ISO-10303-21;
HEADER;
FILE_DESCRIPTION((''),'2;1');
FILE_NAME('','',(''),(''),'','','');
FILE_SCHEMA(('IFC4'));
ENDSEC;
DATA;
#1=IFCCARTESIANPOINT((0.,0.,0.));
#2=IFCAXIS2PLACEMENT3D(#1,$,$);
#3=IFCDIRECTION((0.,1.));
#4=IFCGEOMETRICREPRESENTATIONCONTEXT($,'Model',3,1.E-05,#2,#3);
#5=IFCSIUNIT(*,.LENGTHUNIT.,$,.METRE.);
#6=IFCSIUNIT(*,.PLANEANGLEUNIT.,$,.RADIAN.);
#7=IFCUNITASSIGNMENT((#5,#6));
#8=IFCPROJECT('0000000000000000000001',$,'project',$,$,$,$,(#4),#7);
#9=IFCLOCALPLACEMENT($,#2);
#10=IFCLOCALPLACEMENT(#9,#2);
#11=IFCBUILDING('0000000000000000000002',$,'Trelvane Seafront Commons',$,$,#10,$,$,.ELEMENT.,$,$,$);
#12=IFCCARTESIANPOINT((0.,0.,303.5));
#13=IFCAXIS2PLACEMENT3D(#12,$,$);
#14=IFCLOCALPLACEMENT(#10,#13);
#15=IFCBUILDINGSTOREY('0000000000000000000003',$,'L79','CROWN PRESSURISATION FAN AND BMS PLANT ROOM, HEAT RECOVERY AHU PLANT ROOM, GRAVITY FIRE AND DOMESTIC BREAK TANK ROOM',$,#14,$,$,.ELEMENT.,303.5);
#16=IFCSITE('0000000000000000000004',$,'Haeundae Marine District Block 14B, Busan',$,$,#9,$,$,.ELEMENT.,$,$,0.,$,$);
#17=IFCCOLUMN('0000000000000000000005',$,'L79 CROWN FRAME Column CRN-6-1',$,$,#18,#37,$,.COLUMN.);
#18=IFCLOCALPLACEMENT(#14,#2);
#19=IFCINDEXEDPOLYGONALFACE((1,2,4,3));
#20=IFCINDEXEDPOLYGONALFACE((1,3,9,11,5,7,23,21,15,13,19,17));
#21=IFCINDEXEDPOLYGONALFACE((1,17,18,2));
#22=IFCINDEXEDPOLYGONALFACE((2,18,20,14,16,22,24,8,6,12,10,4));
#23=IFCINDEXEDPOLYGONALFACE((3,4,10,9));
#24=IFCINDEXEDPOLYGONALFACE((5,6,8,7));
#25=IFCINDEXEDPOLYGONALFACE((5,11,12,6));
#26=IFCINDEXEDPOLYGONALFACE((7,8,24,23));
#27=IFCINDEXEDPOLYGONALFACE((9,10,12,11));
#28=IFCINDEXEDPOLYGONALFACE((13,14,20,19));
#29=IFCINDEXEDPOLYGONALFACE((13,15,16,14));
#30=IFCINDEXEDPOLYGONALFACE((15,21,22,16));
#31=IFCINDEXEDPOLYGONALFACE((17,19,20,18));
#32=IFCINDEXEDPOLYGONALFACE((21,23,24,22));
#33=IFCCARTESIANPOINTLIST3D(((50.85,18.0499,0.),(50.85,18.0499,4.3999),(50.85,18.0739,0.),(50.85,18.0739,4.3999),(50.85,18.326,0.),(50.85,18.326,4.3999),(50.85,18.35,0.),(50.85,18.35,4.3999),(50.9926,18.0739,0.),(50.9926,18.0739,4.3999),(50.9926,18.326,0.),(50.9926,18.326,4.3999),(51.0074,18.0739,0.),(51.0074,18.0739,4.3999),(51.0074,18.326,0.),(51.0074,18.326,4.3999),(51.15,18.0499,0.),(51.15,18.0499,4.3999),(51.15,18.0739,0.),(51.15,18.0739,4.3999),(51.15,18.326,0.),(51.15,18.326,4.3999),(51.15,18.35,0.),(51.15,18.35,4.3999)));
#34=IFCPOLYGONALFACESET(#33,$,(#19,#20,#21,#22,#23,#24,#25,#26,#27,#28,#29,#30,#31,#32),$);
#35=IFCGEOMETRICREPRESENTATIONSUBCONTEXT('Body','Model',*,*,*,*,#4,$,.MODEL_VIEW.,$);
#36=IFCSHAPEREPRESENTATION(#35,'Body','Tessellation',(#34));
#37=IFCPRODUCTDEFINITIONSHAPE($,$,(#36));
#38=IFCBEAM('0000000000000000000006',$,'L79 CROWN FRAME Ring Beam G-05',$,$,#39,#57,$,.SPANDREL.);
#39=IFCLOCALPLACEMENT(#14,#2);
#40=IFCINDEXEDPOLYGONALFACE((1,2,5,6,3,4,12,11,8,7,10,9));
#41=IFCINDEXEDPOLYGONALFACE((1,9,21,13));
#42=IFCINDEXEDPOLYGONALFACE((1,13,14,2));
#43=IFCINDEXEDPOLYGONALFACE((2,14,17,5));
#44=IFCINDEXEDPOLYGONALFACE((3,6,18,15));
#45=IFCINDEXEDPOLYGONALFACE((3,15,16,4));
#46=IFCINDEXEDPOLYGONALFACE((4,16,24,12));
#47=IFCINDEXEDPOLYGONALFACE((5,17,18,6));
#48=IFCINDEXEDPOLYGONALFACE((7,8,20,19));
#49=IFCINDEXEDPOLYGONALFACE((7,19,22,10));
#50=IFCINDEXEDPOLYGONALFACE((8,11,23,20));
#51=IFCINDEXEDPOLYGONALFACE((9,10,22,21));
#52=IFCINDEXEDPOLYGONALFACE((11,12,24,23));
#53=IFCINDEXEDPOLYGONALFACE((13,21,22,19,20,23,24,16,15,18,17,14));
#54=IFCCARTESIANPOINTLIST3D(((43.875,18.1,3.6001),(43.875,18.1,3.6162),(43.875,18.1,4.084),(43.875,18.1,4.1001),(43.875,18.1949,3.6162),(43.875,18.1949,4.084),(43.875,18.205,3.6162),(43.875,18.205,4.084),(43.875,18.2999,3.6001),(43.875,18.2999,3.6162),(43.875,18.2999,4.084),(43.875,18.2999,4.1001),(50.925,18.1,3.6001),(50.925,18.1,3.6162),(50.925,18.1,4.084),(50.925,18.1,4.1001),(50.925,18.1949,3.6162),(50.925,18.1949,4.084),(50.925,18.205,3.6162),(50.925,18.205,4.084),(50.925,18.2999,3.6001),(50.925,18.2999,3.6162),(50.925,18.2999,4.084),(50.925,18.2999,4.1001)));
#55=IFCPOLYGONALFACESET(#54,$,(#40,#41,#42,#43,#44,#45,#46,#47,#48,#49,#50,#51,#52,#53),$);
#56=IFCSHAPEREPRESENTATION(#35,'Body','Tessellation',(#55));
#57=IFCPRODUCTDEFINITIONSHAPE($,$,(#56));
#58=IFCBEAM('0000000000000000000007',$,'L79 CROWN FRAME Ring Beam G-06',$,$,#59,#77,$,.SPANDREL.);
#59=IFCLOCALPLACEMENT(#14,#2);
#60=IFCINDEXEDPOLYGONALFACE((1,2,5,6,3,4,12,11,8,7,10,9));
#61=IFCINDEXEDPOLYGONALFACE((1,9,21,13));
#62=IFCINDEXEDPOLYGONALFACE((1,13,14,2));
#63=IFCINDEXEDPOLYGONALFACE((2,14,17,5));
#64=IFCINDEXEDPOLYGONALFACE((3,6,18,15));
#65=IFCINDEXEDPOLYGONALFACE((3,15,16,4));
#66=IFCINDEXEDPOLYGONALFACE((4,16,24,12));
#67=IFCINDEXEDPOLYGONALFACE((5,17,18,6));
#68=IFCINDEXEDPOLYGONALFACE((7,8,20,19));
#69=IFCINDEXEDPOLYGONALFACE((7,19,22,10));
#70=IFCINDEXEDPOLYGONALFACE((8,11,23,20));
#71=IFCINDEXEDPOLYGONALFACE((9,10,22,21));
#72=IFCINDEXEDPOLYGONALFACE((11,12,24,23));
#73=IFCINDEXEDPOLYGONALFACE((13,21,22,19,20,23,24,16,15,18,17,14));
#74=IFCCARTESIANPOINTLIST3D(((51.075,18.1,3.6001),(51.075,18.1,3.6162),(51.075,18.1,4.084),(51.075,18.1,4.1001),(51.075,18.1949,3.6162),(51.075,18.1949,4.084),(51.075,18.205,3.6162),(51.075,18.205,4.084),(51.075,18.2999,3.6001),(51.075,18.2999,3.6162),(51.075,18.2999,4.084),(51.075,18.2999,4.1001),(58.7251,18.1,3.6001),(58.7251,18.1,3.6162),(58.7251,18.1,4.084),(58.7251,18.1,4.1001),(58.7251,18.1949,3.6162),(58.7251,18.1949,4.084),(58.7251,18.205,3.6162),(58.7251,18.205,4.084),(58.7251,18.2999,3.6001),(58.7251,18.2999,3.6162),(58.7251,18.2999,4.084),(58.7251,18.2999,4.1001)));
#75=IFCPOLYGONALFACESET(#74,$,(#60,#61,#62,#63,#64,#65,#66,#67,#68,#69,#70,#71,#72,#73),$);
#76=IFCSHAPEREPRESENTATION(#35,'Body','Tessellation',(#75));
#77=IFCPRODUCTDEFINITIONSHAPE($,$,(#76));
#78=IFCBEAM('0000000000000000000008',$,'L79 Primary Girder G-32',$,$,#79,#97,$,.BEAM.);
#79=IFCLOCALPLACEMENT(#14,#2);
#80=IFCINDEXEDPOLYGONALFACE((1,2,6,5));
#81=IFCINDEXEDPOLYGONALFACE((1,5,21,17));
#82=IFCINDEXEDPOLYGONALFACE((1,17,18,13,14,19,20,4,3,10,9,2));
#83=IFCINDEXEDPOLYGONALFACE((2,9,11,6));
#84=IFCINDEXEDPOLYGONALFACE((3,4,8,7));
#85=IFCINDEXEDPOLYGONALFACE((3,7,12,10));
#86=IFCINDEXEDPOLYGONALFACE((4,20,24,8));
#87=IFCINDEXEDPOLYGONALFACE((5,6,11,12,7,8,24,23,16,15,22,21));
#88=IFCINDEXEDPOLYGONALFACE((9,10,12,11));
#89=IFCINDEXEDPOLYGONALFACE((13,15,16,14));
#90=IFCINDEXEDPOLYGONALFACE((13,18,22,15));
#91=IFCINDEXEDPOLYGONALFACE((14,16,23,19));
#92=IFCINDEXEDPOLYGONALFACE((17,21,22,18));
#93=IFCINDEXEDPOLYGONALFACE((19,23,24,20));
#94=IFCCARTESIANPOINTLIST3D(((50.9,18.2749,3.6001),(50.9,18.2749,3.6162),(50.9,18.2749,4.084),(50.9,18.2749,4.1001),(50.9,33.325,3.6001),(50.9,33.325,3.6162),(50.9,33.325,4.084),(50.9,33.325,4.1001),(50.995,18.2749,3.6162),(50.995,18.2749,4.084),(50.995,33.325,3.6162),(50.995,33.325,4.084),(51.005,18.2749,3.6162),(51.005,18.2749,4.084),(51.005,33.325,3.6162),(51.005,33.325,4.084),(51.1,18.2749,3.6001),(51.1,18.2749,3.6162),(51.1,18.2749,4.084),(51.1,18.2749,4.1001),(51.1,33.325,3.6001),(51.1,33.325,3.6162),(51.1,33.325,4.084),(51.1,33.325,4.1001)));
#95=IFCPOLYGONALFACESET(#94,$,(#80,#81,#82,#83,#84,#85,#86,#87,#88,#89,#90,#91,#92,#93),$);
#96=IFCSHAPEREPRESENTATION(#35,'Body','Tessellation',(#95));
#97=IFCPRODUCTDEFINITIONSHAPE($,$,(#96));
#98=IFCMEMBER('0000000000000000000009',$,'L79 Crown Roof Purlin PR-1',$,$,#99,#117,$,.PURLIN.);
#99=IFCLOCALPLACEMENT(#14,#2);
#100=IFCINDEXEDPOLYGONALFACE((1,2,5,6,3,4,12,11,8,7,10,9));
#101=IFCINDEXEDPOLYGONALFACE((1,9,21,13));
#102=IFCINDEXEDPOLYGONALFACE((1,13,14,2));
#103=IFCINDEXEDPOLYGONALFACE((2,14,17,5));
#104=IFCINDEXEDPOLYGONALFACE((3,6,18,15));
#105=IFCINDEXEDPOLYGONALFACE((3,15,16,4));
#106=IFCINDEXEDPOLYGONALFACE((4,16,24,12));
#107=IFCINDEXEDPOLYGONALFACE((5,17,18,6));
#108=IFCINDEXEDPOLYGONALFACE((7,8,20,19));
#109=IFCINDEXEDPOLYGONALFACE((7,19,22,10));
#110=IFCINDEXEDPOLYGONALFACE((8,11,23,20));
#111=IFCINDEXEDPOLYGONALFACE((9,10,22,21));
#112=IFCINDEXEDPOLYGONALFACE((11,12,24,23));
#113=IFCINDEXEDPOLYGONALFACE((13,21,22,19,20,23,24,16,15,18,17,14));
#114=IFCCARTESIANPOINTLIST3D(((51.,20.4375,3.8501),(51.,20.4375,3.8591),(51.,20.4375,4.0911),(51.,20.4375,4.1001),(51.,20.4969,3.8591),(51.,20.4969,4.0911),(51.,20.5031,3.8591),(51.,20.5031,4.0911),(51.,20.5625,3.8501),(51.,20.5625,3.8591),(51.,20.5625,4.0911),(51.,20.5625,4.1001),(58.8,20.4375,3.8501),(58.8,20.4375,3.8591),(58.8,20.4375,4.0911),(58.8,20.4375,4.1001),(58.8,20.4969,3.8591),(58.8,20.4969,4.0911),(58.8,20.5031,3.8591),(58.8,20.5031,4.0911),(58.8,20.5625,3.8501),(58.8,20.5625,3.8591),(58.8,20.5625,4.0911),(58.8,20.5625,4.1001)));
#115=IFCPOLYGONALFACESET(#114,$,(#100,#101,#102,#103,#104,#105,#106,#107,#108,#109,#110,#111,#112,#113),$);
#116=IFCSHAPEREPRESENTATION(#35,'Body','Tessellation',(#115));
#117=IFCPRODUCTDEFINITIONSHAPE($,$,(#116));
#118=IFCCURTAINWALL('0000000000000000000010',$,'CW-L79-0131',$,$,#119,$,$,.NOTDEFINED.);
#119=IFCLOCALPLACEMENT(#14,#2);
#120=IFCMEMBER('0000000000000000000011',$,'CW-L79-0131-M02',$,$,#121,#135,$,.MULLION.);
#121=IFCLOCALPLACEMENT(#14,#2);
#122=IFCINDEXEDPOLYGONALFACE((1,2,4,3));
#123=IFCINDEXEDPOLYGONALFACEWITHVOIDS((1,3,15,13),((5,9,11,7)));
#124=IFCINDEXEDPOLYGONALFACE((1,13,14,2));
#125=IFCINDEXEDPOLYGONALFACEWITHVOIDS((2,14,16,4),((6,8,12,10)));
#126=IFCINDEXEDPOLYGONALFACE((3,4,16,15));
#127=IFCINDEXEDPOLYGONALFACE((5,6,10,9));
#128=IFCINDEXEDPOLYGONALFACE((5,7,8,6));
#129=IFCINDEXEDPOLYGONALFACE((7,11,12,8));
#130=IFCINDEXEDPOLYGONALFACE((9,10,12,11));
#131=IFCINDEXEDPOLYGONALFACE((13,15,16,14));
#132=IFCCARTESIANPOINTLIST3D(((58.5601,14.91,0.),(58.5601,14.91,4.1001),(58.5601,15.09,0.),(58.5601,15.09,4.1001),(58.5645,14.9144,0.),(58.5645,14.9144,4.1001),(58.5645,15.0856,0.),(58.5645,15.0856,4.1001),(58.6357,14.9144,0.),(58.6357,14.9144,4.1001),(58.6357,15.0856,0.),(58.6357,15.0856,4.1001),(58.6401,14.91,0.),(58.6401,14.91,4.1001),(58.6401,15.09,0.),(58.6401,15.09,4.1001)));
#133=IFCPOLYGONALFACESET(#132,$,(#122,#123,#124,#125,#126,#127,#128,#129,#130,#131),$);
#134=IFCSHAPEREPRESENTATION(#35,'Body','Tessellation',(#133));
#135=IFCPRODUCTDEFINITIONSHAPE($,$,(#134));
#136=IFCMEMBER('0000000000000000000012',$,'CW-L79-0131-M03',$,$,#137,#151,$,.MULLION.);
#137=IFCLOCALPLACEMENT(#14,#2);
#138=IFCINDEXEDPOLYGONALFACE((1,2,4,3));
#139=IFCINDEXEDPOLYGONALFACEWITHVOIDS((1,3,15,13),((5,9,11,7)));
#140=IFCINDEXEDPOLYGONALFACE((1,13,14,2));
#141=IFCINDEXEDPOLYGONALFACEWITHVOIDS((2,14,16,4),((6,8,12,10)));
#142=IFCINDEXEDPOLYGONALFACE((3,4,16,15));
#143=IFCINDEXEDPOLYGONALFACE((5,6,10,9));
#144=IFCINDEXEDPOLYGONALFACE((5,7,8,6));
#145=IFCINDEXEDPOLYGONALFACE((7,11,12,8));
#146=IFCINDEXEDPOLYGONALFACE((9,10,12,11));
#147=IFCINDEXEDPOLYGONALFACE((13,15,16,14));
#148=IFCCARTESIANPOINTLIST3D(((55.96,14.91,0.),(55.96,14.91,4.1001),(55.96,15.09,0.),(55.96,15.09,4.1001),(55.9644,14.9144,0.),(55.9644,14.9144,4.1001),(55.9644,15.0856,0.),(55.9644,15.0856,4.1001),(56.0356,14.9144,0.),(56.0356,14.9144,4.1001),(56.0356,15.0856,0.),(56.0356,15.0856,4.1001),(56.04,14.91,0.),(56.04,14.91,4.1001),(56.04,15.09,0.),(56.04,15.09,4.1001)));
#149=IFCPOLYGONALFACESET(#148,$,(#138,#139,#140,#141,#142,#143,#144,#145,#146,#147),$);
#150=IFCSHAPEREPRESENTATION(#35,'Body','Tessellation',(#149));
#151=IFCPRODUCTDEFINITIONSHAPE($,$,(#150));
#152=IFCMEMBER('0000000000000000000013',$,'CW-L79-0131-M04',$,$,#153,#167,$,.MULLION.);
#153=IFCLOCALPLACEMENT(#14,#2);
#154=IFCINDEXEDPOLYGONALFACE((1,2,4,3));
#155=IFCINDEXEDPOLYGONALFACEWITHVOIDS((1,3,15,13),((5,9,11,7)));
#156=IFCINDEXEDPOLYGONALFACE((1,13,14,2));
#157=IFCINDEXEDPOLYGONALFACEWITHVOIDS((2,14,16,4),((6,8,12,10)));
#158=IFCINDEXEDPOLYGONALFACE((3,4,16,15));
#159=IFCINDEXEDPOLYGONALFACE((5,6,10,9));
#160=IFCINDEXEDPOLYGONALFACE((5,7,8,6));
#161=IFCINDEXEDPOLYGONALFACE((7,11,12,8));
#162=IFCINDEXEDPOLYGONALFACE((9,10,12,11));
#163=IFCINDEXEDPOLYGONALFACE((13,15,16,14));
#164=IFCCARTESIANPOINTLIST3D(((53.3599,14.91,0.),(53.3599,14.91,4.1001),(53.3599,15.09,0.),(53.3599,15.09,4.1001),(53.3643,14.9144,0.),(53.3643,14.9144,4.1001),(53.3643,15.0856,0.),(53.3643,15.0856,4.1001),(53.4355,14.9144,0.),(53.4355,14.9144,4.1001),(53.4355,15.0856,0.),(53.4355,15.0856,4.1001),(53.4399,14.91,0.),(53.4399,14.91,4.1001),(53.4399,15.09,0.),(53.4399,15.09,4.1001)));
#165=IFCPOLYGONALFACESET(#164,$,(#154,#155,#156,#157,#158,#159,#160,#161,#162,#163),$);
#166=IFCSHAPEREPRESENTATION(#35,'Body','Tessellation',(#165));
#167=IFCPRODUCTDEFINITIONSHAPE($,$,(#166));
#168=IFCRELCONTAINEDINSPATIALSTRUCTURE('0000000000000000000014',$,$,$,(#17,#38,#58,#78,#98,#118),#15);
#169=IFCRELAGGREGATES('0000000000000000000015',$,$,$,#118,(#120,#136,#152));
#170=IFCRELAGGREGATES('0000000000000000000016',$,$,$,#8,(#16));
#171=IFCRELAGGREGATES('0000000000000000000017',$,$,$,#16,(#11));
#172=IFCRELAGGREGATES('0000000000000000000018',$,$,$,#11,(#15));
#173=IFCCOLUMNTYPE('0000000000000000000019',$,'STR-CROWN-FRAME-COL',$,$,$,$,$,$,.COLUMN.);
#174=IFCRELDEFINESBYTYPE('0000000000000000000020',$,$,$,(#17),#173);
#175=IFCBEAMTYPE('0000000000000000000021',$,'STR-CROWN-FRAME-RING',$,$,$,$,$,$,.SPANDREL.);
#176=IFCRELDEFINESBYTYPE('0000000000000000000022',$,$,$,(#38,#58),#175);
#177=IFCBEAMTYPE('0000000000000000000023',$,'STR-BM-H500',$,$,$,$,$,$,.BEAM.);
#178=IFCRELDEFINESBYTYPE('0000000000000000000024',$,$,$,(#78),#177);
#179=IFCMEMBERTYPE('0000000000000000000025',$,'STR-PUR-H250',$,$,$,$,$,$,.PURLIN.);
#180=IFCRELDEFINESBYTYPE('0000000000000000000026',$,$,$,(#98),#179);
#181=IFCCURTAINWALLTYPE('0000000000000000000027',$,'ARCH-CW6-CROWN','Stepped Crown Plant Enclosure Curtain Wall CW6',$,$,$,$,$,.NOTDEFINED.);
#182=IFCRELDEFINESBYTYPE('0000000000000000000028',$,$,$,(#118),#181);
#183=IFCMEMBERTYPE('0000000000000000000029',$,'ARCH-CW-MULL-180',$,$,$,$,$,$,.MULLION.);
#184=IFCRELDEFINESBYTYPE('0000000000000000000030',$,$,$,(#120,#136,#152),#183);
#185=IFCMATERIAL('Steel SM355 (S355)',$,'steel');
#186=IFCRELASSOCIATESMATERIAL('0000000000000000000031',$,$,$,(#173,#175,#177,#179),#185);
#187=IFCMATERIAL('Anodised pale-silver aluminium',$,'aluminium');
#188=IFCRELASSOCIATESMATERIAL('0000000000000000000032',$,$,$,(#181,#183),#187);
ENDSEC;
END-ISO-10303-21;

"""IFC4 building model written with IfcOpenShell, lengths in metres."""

from ifc_helpers import new_model, si_unit, direction, frame, origin, origin_2d, place, context, subcontext, project, spatial, hollow_rectangle, i_section, extrude, source, transform, mapped, material, material_profile, profile_set, type_object, element, aggregate, save


model = new_model("IFC4")

# Units and contexts
model_context = context("Model", 3, precision=1e-05, world=origin(), true_north=direction((0.0, 1.0)))
body_context = subcontext(model_context, "Body", "Model", "MODEL_VIEW")
ifc_project = project(units=[si_unit("LENGTHUNIT", "METRE"), si_unit("PLANEANGLEUNIT", "RADIAN")], contexts=[model_context])

# Site, building, storey
site_placement = place(None, origin())
site = spatial("IfcSite", under=ifc_project, at=site_placement, Name="Haeundae Marine District Block 14B, Busan", CompositionType="ELEMENT", RefElevation=0.0)
building_placement = place(site_placement, origin())
building = spatial("IfcBuilding", under=site, at=building_placement, Name="Trelvane Seafront Commons", CompositionType="ELEMENT")
storey_placement = place(building_placement, frame((0.0, 0.0, 303.5)))
storey = spatial("IfcBuildingStorey", under=building, at=storey_placement, Name="L79", Description="CROWN PRESSURISATION FAN AND BMS PLANT ROOM, HEAT RECOVERY AHU PLANT ROOM, GRAVITY FIRE AND DOMESTIC BREAK TANK ROOM", CompositionType="ELEMENT", Elevation=303.5)

# Column
ifc_material_1 = material(Name="Steel SM355 (S355)", Category="steel")
ifc_material_profile_1 = material_profile(ifc_material_1, i_section(OverallWidth=0.3, OverallDepth=0.3, WebThickness=0.0149, FlangeThickness=0.0239, at=origin_2d()), Name="HD-300x300x15x24")
ifc_profile_set_1 = profile_set([ifc_material_profile_1], Name="Steel SM355 (S355)")
column_type = type_object("IfcColumnType", Name="STR-CROWN-FRAME-COL", PredefinedType="COLUMN", material=ifc_profile_set_1)
shared_shape_1 = source(origin(), body_context, "Body", "SweptSolid", [
    extrude(i_section(OverallWidth=0.3, OverallDepth=0.3, WebThickness=0.0149, FlangeThickness=0.0239, at=origin_2d()), origin(), (0.0, 0.0, 1.0), 4.3999),
])
column_placement = place(storey_placement, frame((51.0, 18.2, 0.0), z_axis=(0.0, 0.0, 1.0), x_axis=(1.0, 0.0, 0.0)))
element("IfcColumn", 1, at=column_placement, inside=storey, type_object=column_type, Name="L79 CROWN FRAME Column CRN-6-1", PredefinedType="COLUMN", context=body_context, shape_type="MappedRepresentation", body=[
    mapped(shared_shape_1, transform((0.0, 0.0, 0.0), x_axis=(1.0, 0.0, 0.0), y_axis=(0.0, 1.0, 0.0), z_axis=(0.0, 0.0, 1.0), scale=1.0)),
])

# Beams
ifc_material_profile_2 = material_profile(ifc_material_1, i_section(OverallWidth=0.2, OverallDepth=0.5, WebThickness=0.01, FlangeThickness=0.0161, at=origin_2d()), Name="H-500x200x10x16")
ifc_profile_set_2 = profile_set([ifc_material_profile_2], Name="Steel SM355 (S355)")
beam_type_1 = type_object("IfcBeamType", Name="STR-CROWN-FRAME-RING", PredefinedType="SPANDREL", material=ifc_profile_set_2)
shared_shape_2 = source(origin(), body_context, "Body", "SweptSolid", [
    extrude(i_section(OverallWidth=0.2, OverallDepth=0.5, WebThickness=0.01, FlangeThickness=0.0161, at=origin_2d()), origin(), (0.0, 0.0, 1.0), 7.05),
])
beam_1_placement = place(storey_placement, frame((43.875, 18.2, 3.8501), z_axis=(1.0, 0.0, 0.0), x_axis=(0.0, 1.0, 0.0)))
element("IfcBeam", 2, at=beam_1_placement, inside=storey, type_object=beam_type_1, Name="L79 CROWN FRAME Ring Beam G-05", PredefinedType="SPANDREL", context=body_context, shape_type="MappedRepresentation", body=[
    mapped(shared_shape_2, transform((0.0, 0.0, 0.0), x_axis=(1.0, 0.0, 0.0), y_axis=(0.0, 1.0, 0.0), z_axis=(0.0, 0.0, 1.0), scale=1.0)),
])
shared_shape_3 = source(origin(), body_context, "Body", "SweptSolid", [
    extrude(i_section(OverallWidth=0.2, OverallDepth=0.5, WebThickness=0.01, FlangeThickness=0.0161, at=origin_2d()), origin(), (0.0, 0.0, 1.0), 7.6501),
])
beam_2_placement = place(storey_placement, frame((51.075, 18.2, 3.8501), z_axis=(1.0, 0.0, 0.0), x_axis=(0.0, 1.0, 0.0)))
element("IfcBeam", 3, at=beam_2_placement, inside=storey, type_object=beam_type_1, Name="L79 CROWN FRAME Ring Beam G-06", PredefinedType="SPANDREL", context=body_context, shape_type="MappedRepresentation", body=[
    mapped(shared_shape_3, transform((0.0, 0.0, 0.0), x_axis=(1.0, 0.0, 0.0), y_axis=(0.0, 1.0, 0.0), z_axis=(0.0, 0.0, 1.0), scale=1.0)),
])
ifc_material_profile_3 = material_profile(ifc_material_1, i_section(OverallWidth=0.2, OverallDepth=0.5, WebThickness=0.01, FlangeThickness=0.0161, at=origin_2d()), Name="H-500x200x10x16")
ifc_profile_set_3 = profile_set([ifc_material_profile_3], Name="Steel SM355 (S355)")
beam_type_2 = type_object("IfcBeamType", Name="STR-BM-H500", PredefinedType="BEAM", material=ifc_profile_set_3)
shared_shape_4 = source(origin(), body_context, "Body", "SweptSolid", [
    extrude(i_section(OverallWidth=0.2, OverallDepth=0.5, WebThickness=0.01, FlangeThickness=0.0161, at=origin_2d()), origin(), (0.0, 0.0, 1.0), 15.05),
])
beam_3_placement = place(storey_placement, frame((51.0, 18.2749, 3.8501), z_axis=(0.0, 1.0, 0.0), x_axis=(-1.0, 0.0, 0.0)))
element("IfcBeam", 4, at=beam_3_placement, inside=storey, type_object=beam_type_2, Name="L79 Primary Girder G-32", PredefinedType="BEAM", context=body_context, shape_type="MappedRepresentation", body=[
    mapped(shared_shape_4, transform((0.0, 0.0, 0.0), x_axis=(1.0, 0.0, 0.0), y_axis=(0.0, 1.0, 0.0), z_axis=(0.0, 0.0, 1.0), scale=1.0)),
])

# Member
ifc_material_profile_4 = material_profile(ifc_material_1, i_section(OverallWidth=0.125, OverallDepth=0.25, WebThickness=0.0061, FlangeThickness=0.009, at=origin_2d()), Name="H-250x125x6x9")
ifc_profile_set_4 = profile_set([ifc_material_profile_4], Name="Steel SM355 (S355)")
member_type_1 = type_object("IfcMemberType", Name="STR-PUR-H250", PredefinedType="PURLIN", material=ifc_profile_set_4)
shared_shape_5 = source(origin(), body_context, "Body", "SweptSolid", [
    extrude(i_section(OverallWidth=0.125, OverallDepth=0.25, WebThickness=0.0061, FlangeThickness=0.009, at=origin_2d()), origin(), (0.0, 0.0, 1.0), 7.8),
])
member_1_placement = place(storey_placement, frame((51.0, 20.5, 3.9751), z_axis=(1.0, 0.0, 0.0), x_axis=(0.0, 1.0, 0.0)))
element("IfcMember", 5, at=member_1_placement, inside=storey, type_object=member_type_1, Name="L79 Crown Roof Purlin PR-1", PredefinedType="PURLIN", context=body_context, shape_type="MappedRepresentation", body=[
    mapped(shared_shape_5, transform((0.0, 0.0, 0.0), x_axis=(1.0, 0.0, 0.0), y_axis=(0.0, 1.0, 0.0), z_axis=(0.0, 0.0, 1.0), scale=1.0)),
])

# Curtain wall, members
ifc_material_2 = material(Name="Anodised pale-silver aluminium", Category="aluminium")
curtain_wall_type = type_object("IfcCurtainWallType", Name="ARCH-CW6-CROWN", Description="Stepped Crown Plant Enclosure Curtain Wall CW6", PredefinedType="NOTDEFINED", material=ifc_material_2)
curtain_wall_placement = place(storey_placement, origin())
curtain_wall = element("IfcCurtainWall", 6, at=curtain_wall_placement, inside=storey, type_object=curtain_wall_type, Name="CW-L79-0131", PredefinedType="NOTDEFINED")
ifc_material_profile_5 = material_profile(ifc_material_2, hollow_rectangle(XDim=0.0801, YDim=0.1799, WallThickness=0.0044, at=origin_2d()), Name="MULL-80x180x4.5")
ifc_profile_set_5 = profile_set([ifc_material_profile_5], Name="Anodised pale-silver aluminium")
member_type_2 = type_object("IfcMemberType", Name="ARCH-CW-MULL-180", PredefinedType="MULLION", material=ifc_profile_set_5)
shared_shape_6 = source(origin(), body_context, "Body", "SweptSolid", [
    extrude(hollow_rectangle(XDim=0.0801, YDim=0.1799, WallThickness=0.0044, at=origin_2d()), origin(), (0.0, 0.0, 1.0), 4.1001),
])
member_2_placement = place(storey_placement, frame((58.6001, 15.0, 0.0), z_axis=(0.0, 0.0, 1.0), x_axis=(1.0, 0.0, 0.0)))
member_2 = element("IfcMember", 7, at=member_2_placement, type_object=member_type_2, Name="CW-L79-0131-M02", PredefinedType="MULLION", context=body_context, shape_type="MappedRepresentation", body=[
    mapped(shared_shape_6, transform((0.0, 0.0, 0.0), x_axis=(1.0, 0.0, 0.0), y_axis=(0.0, 1.0, 0.0), z_axis=(0.0, 0.0, 1.0), scale=1.0)),
])
member_3_placement = place(storey_placement, frame((56.0, 15.0, 0.0), z_axis=(0.0, 0.0, 1.0), x_axis=(1.0, 0.0, 0.0)))
member_3 = element("IfcMember", 8, at=member_3_placement, type_object=member_type_2, Name="CW-L79-0131-M03", PredefinedType="MULLION", context=body_context, shape_type="MappedRepresentation", body=[
    mapped(shared_shape_6, transform((0.0, 0.0, 0.0), x_axis=(1.0, 0.0, 0.0), y_axis=(0.0, 1.0, 0.0), z_axis=(0.0, 0.0, 1.0), scale=1.0)),
])
member_4_placement = place(storey_placement, frame((53.3999, 15.0, 0.0), z_axis=(0.0, 0.0, 1.0), x_axis=(1.0, 0.0, 0.0)))
member_4 = element("IfcMember", 9, at=member_4_placement, type_object=member_type_2, Name="CW-L79-0131-M04", PredefinedType="MULLION", context=body_context, shape_type="MappedRepresentation", body=[
    mapped(shared_shape_6, transform((0.0, 0.0, 0.0), x_axis=(1.0, 0.0, 0.0), y_axis=(0.0, 1.0, 0.0), z_axis=(0.0, 0.0, 1.0), scale=1.0)),
])
aggregate(curtain_wall, [member_2, member_3, member_4])

save(model, "model.ifc")
